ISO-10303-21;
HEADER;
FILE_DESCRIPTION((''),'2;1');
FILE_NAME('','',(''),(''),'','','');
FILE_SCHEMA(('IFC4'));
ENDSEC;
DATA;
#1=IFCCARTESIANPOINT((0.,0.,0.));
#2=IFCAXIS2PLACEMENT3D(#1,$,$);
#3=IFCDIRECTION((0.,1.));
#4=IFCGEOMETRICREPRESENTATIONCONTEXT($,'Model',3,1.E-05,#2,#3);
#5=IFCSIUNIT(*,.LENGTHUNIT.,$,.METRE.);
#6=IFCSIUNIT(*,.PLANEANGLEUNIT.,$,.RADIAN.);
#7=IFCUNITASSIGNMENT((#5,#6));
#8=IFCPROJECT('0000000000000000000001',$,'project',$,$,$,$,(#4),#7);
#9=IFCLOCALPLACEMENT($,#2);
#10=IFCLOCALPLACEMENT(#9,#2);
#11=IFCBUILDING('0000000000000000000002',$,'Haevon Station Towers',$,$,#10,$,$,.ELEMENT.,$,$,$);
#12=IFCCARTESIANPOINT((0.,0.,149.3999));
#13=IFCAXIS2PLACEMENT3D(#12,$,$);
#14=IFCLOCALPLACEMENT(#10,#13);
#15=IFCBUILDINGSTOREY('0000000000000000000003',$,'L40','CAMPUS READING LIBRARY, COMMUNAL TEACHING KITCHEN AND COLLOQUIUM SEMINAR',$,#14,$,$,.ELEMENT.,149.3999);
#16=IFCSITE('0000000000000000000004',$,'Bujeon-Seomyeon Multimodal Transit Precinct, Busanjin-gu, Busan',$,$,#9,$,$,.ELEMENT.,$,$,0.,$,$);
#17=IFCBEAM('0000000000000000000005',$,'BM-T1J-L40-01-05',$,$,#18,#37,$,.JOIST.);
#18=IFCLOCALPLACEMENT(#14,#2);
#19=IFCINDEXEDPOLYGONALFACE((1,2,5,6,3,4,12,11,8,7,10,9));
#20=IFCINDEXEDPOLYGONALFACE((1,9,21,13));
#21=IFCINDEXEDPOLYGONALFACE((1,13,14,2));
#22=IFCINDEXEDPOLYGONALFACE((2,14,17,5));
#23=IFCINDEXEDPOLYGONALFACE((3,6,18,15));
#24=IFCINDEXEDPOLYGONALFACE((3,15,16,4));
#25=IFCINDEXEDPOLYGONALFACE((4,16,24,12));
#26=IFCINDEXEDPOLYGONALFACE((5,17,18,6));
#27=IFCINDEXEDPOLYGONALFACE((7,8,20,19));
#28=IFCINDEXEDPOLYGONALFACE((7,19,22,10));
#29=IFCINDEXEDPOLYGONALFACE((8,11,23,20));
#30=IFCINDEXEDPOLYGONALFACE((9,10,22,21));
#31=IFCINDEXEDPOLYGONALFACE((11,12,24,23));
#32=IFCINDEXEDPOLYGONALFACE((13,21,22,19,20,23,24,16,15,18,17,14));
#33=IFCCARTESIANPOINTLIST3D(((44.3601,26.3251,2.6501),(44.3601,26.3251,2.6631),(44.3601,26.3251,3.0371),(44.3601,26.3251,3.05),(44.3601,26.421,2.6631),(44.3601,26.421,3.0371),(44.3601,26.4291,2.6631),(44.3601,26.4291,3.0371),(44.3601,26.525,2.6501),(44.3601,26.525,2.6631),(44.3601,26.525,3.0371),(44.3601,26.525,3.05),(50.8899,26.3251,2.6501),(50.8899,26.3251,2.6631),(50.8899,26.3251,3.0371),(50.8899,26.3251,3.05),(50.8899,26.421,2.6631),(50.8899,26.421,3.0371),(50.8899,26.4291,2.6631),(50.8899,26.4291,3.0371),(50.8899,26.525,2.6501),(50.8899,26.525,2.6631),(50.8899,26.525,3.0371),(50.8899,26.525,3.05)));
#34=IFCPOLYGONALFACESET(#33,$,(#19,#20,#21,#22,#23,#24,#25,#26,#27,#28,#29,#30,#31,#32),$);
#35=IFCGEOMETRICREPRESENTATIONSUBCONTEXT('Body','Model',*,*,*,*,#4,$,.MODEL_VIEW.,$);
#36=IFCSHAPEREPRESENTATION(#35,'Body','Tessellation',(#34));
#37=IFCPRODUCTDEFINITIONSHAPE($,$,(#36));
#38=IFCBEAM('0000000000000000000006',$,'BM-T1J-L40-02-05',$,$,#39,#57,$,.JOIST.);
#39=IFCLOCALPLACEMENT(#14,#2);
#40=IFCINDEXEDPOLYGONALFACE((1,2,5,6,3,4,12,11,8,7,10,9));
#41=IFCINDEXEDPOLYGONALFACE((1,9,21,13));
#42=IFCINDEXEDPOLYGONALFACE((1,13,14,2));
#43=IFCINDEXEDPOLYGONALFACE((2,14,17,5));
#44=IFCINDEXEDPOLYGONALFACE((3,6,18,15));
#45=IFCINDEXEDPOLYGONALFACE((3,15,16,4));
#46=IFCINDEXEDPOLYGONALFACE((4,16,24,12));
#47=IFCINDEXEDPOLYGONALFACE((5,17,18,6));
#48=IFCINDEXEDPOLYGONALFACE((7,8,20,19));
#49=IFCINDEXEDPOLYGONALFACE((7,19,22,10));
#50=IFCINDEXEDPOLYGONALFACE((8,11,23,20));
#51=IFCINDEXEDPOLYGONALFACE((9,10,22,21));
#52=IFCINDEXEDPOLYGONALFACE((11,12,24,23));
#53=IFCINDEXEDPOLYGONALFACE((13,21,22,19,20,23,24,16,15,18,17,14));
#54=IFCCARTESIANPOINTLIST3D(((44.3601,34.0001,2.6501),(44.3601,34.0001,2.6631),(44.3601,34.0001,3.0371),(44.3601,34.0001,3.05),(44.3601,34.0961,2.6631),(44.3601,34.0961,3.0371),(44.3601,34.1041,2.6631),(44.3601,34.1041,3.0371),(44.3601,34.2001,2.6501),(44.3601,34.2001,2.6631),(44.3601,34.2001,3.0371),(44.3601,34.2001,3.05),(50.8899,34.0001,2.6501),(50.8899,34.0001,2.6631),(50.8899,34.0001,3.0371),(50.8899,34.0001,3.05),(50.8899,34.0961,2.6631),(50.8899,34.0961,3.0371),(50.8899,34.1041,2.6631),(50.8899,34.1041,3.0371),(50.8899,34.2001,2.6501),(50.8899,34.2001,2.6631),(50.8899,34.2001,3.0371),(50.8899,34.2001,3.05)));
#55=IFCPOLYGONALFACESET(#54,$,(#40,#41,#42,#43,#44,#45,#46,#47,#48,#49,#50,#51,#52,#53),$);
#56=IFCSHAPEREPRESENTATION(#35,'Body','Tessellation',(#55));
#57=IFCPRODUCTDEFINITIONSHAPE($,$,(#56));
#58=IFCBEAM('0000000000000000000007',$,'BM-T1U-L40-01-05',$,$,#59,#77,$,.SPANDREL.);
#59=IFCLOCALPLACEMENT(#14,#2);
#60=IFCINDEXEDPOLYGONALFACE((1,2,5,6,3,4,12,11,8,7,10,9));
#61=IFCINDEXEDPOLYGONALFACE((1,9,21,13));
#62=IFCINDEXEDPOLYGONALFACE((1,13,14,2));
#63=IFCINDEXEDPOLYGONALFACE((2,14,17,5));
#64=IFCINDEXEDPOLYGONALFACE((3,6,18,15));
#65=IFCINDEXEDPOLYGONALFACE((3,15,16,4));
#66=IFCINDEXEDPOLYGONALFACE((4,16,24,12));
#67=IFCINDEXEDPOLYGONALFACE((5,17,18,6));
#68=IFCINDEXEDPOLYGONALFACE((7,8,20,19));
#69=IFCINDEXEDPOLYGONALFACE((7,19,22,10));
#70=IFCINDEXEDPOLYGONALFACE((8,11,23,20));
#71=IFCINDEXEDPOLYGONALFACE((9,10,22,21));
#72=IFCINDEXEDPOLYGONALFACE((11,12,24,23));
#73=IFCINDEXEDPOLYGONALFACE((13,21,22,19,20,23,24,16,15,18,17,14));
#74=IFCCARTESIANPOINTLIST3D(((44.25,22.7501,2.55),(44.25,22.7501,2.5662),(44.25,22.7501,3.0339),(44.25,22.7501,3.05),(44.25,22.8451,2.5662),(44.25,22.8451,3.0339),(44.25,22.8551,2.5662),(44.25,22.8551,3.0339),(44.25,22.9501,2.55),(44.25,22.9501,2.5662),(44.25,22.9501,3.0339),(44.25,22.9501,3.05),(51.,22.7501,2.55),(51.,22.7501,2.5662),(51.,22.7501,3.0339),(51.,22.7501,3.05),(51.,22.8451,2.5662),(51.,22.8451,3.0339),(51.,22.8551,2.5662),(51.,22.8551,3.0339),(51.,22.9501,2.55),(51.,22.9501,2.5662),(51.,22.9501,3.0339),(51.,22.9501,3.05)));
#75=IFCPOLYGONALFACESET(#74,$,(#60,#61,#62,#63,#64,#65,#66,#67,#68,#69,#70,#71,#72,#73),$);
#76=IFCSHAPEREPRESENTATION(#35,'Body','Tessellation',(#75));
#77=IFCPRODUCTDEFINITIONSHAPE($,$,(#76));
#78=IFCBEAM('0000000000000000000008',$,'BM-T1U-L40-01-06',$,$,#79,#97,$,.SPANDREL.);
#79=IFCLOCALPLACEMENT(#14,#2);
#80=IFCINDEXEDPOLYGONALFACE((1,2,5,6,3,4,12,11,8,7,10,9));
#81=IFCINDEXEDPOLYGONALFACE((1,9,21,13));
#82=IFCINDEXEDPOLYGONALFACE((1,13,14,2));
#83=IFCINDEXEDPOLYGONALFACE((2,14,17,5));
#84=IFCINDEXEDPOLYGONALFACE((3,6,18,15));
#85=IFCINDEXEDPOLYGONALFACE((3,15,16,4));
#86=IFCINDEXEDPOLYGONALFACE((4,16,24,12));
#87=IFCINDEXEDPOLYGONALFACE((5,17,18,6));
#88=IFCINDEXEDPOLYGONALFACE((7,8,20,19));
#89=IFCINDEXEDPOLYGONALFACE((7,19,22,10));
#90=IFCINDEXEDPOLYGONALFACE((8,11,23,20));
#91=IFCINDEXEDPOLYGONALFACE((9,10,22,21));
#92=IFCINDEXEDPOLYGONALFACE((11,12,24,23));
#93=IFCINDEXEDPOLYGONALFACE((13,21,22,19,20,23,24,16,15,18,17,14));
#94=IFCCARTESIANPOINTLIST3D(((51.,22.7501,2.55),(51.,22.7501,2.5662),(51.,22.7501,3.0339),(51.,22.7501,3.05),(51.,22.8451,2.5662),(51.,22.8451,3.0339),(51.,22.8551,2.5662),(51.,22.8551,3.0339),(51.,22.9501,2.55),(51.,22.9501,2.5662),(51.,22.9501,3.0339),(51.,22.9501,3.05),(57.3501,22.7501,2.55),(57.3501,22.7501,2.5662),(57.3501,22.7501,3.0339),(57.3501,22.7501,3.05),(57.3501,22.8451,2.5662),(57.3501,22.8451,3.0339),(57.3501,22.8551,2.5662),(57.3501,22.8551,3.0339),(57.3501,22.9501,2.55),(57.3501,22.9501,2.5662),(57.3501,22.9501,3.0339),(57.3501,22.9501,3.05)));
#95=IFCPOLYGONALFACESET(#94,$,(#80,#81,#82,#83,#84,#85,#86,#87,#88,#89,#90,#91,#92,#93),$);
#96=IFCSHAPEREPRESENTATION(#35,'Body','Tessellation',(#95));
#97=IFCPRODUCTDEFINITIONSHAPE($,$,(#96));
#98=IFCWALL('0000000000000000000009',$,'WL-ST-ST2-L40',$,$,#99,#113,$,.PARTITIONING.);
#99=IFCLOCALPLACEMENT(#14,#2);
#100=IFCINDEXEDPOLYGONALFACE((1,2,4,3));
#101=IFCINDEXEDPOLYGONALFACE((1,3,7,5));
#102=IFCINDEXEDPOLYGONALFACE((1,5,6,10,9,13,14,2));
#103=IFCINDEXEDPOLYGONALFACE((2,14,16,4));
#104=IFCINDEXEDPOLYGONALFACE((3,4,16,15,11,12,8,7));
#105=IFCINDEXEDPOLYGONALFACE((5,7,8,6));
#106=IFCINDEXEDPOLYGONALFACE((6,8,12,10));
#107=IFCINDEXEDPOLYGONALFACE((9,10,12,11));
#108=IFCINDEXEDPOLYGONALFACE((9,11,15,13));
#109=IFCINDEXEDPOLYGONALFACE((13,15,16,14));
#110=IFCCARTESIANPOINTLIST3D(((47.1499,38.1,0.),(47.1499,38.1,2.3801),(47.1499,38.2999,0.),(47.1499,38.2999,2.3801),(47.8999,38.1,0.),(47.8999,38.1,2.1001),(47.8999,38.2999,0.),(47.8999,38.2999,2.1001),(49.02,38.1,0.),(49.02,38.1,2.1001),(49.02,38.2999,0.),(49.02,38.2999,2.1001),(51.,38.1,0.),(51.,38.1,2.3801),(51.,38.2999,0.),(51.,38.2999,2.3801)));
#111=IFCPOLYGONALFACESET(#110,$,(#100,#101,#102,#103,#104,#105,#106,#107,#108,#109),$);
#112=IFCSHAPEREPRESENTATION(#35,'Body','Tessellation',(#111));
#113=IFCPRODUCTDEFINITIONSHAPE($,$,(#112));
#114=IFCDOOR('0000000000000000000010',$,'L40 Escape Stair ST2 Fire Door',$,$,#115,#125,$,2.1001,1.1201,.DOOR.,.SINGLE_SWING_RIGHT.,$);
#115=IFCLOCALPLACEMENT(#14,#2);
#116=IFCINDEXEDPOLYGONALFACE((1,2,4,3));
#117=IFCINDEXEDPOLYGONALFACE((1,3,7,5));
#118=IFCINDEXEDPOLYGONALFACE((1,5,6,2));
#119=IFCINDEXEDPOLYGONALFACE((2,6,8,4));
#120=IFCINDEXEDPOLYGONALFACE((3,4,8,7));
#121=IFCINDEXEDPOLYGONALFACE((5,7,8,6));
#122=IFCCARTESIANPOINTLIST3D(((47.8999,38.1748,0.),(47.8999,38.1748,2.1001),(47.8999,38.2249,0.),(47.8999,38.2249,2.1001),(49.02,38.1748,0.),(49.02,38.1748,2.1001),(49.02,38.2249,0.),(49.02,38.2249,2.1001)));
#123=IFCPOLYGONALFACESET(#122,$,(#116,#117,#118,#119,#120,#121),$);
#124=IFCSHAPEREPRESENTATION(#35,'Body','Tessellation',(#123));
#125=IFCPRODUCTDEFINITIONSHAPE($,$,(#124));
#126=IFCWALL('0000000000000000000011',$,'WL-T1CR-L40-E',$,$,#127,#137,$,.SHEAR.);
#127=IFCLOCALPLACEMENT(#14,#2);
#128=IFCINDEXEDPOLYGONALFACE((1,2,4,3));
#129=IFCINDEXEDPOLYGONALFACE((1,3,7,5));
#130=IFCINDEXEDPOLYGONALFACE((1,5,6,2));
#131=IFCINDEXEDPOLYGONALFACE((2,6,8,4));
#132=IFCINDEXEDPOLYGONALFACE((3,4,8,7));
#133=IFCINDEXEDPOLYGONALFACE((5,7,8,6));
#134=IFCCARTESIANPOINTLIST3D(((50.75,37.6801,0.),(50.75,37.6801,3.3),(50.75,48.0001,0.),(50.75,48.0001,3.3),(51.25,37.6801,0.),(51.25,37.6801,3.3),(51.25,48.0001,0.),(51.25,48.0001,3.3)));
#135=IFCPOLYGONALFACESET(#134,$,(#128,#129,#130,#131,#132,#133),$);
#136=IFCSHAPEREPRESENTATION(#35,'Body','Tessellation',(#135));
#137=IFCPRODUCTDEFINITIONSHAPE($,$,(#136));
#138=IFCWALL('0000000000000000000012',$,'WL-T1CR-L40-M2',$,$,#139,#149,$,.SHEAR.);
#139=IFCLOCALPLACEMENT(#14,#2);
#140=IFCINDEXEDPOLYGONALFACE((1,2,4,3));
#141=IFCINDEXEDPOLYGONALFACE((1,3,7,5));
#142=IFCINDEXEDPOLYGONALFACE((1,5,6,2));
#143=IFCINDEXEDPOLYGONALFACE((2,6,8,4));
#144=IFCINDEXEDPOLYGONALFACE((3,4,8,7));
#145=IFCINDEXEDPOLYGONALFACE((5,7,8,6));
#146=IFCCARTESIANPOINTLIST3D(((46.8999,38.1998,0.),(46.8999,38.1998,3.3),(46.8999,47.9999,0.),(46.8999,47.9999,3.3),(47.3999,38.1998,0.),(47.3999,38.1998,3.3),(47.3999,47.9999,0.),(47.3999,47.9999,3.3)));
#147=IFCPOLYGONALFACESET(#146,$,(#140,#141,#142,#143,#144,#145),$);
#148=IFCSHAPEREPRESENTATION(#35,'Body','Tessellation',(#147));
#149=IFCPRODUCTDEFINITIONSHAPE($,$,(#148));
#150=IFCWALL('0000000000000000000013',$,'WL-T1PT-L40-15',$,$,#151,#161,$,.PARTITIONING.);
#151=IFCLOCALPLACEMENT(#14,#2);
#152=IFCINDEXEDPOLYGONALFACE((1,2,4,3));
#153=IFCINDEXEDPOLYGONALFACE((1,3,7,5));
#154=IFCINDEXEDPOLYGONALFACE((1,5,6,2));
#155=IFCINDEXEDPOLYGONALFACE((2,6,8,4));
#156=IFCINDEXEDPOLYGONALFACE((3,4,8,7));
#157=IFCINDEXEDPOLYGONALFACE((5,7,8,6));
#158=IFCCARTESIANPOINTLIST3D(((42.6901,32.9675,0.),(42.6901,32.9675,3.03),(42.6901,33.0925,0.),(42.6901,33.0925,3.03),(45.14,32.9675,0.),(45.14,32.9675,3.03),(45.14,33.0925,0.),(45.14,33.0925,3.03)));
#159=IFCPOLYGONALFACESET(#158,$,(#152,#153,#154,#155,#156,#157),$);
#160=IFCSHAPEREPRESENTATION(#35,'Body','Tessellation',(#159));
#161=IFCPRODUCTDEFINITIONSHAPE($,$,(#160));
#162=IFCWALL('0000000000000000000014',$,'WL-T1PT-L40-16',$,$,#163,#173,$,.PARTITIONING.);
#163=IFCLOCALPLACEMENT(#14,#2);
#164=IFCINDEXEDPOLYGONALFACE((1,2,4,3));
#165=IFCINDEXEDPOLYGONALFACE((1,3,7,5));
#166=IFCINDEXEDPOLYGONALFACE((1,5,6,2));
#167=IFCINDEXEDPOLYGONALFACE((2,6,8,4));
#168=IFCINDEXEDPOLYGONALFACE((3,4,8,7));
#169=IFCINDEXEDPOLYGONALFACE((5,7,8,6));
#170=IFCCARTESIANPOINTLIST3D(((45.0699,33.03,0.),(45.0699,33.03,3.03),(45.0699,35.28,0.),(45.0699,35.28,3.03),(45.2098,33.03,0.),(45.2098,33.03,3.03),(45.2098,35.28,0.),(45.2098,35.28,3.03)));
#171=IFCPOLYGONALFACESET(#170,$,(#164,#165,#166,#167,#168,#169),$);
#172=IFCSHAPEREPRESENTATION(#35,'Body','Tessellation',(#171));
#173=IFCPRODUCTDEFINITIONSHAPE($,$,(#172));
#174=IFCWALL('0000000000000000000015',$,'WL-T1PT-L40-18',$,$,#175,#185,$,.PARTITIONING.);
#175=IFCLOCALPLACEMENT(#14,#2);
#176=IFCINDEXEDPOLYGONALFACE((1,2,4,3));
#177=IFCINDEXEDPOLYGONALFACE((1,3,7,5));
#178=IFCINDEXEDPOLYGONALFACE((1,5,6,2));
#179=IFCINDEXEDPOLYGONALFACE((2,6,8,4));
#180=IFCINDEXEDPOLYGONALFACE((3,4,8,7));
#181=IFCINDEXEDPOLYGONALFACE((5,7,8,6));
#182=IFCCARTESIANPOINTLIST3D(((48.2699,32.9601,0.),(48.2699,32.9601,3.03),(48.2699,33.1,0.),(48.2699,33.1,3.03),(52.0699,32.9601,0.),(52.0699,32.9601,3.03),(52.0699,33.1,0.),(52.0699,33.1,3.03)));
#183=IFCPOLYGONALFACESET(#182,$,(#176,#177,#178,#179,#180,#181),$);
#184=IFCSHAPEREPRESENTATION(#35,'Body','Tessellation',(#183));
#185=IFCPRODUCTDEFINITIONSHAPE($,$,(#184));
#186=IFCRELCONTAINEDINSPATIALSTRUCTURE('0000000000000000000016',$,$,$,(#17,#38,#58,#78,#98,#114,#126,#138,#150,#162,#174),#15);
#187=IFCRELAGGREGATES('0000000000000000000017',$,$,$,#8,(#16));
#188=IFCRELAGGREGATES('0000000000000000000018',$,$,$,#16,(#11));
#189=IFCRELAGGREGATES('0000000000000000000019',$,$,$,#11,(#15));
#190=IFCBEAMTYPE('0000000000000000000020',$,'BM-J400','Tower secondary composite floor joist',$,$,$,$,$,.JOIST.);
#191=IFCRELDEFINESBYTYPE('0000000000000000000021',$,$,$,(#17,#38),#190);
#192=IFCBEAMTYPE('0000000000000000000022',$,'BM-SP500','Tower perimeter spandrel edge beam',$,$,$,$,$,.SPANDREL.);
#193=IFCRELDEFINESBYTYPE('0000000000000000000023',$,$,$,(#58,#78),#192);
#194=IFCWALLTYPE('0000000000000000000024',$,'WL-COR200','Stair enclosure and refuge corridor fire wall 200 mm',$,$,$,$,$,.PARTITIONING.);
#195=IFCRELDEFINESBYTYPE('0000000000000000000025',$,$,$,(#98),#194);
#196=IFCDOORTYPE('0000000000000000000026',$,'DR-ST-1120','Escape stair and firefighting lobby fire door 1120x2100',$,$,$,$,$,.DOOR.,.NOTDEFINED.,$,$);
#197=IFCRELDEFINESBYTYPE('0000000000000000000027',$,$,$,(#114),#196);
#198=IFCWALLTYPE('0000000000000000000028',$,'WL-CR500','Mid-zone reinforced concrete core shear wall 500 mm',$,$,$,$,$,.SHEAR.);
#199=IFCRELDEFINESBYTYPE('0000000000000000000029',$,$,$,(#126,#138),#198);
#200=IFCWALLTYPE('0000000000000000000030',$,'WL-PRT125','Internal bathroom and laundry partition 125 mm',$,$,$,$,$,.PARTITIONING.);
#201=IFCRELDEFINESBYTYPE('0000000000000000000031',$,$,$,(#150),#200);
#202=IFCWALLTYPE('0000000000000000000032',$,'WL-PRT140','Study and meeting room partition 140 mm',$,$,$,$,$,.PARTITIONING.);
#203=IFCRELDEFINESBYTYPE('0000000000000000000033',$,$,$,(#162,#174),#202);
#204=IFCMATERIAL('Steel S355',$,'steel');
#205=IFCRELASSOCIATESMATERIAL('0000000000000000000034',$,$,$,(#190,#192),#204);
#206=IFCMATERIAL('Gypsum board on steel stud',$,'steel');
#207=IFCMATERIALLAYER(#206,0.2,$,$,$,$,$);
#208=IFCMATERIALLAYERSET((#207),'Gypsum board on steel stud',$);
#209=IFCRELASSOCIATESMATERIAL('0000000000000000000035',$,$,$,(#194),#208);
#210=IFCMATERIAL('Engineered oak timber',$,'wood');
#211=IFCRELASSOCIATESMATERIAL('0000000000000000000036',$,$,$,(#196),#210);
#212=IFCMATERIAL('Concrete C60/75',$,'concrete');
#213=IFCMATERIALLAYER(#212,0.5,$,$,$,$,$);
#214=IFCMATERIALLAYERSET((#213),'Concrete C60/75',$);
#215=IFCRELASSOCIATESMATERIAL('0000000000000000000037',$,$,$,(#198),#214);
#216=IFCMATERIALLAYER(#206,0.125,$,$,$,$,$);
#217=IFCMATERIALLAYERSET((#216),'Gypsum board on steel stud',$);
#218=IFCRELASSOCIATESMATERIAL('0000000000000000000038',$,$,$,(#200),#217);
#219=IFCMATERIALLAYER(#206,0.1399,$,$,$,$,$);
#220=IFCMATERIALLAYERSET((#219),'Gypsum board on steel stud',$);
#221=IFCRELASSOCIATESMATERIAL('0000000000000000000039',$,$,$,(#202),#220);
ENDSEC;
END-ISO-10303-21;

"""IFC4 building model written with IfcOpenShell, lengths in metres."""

from ifc_helpers import new_model, si_unit, direction, frame, frame_2d, origin, origin_2d, place, context, subcontext, project, spatial, rectangle, i_section, extrude, material, layer, layer_set, material_profile, profile_set, type_object, element, fill, save


model = new_model("IFC4")

# Units and contexts
model_context = context("Model", 3, precision=1e-05, world=origin(), true_north=direction((0.0, 1.0)))
body_context = subcontext(model_context, "Body", "Model", "MODEL_VIEW")
ifc_project = project(units=[si_unit("LENGTHUNIT", "METRE"), si_unit("PLANEANGLEUNIT", "RADIAN")], contexts=[model_context])

# Site, building, storey
site_placement = place(None, origin())
site = spatial("IfcSite", under=ifc_project, at=site_placement, Name="Bujeon-Seomyeon Multimodal Transit Precinct, Busanjin-gu, Busan", CompositionType="ELEMENT", RefElevation=0.0)
building_placement = place(site_placement, origin())
building = spatial("IfcBuilding", under=site, at=building_placement, Name="Haevon Station Towers", CompositionType="ELEMENT")
storey_placement = place(building_placement, frame((0.0, 0.0, 149.3999)))
storey = spatial("IfcBuildingStorey", under=building, at=storey_placement, Name="L40", Description="CAMPUS READING LIBRARY, COMMUNAL TEACHING KITCHEN AND COLLOQUIUM SEMINAR", CompositionType="ELEMENT", Elevation=149.3999)

# Shared definitions
ifc_material_1 = material(Name="Steel S355", Category="steel")

# Beams
ifc_material_profile_1 = material_profile(ifc_material_1, i_section(OverallWidth=0.2, OverallDepth=0.3999, WebThickness=0.0081, FlangeThickness=0.0129, at=origin_2d()), Name="H-400x200x8x13")
ifc_profile_set_1 = profile_set([ifc_material_profile_1], Name="Steel S355")
beam_type_1 = type_object("IfcBeamType", Name="BM-J400", Description="Tower secondary composite floor joist", PredefinedType="JOIST", material=ifc_profile_set_1)
for number, where, z_axis, x_axis, name in (
    (1, (44.3601, 26.425, 2.8501), (1.0, 0.0, 0.0), (0.0, 1.0, 0.0), "BM-T1J-L40-01-05"),
    (2, (44.3601, 34.1001, 2.8501), (1.0, 0.0, 0.0), (0.0, 1.0, 0.0), "BM-T1J-L40-02-05"),
):
    element("IfcBeam", number, at=place(storey_placement, frame(where, z_axis=z_axis, x_axis=x_axis)), inside=storey, type_object=beam_type_1, Name=name, PredefinedType="JOIST", context=body_context, shape_type="SweptSolid", body=[
        extrude(i_section(OverallWidth=0.2, OverallDepth=0.3999, WebThickness=0.0081, FlangeThickness=0.0129, at=origin_2d()), origin(), (0.0, 0.0, 1.0), 6.5298),
    ])
ifc_material_profile_2 = material_profile(ifc_material_1, i_section(OverallWidth=0.2, OverallDepth=0.5, WebThickness=0.01, FlangeThickness=0.0161, at=origin_2d()), Name="H-500x200x10x16")
ifc_profile_set_2 = profile_set([ifc_material_profile_2], Name="Steel S355")
beam_type_2 = type_object("IfcBeamType", Name="BM-SP500", Description="Tower perimeter spandrel edge beam", PredefinedType="SPANDREL", material=ifc_profile_set_2)
beam_1_placement = place(storey_placement, frame((44.25, 22.8501, 2.8), z_axis=(1.0, 0.0, 0.0), x_axis=(0.0, 1.0, 0.0)))
element("IfcBeam", 3, at=beam_1_placement, inside=storey, type_object=beam_type_2, Name="BM-T1U-L40-01-05", PredefinedType="SPANDREL", context=body_context, shape_type="SweptSolid", body=[
    extrude(i_section(OverallWidth=0.2, OverallDepth=0.5, WebThickness=0.01, FlangeThickness=0.0161, at=origin_2d()), origin(), (0.0, 0.0, 1.0), 6.75),
])
beam_2_placement = place(storey_placement, frame((51.0, 22.8501, 2.8), z_axis=(1.0, 0.0, 0.0), x_axis=(0.0, 1.0, 0.0)))
element("IfcBeam", 4, at=beam_2_placement, inside=storey, type_object=beam_type_2, Name="BM-T1U-L40-01-06", PredefinedType="SPANDREL", context=body_context, shape_type="SweptSolid", body=[
    extrude(i_section(OverallWidth=0.2, OverallDepth=0.5, WebThickness=0.01, FlangeThickness=0.0161, at=origin_2d()), origin(), (0.0, 0.0, 1.0), 6.3501),
])

# Wall, opening, door
ifc_material_2 = material(Name="Gypsum board on steel stud", Category="steel")
ifc_layer_1 = layer(ifc_material_2, 0.2)
ifc_layer_set_1 = layer_set([ifc_layer_1], Name="Gypsum board on steel stud")
wall_type_1 = type_object("IfcWallType", Name="WL-COR200", Description="Stair enclosure and refuge corridor fire wall 200 mm", PredefinedType="PARTITIONING", material=ifc_layer_set_1)
wall_1_placement = place(storey_placement, frame((47.1499, 38.2, 0.0), z_axis=(0.0, 0.0, 1.0), x_axis=(1.0, 0.0, 0.0)))
wall_1 = element("IfcWall", 5, at=wall_1_placement, inside=storey, type_object=wall_type_1, Name="WL-ST-ST2-L40", PredefinedType="PARTITIONING", context=body_context, shape_type="SweptSolid", body=[
    extrude(rectangle(XDim=3.8501, YDim=0.2, at=frame_2d((1.925, 0.0))), origin(), (0.0, 0.0, 1.0), 2.3801),
])
opening_placement = place(wall_1_placement, frame((0.75, 0.0, 0.0)))
opening = element("IfcOpeningElement", 6, at=opening_placement, cuts=wall_1, PredefinedType="OPENING", context=body_context, shape_type="SweptSolid", body=[
    extrude(rectangle(XDim=1.1201, YDim=2.1001, at=frame_2d((0.5601, 1.05))), frame((0.0, 0.1099, 0.0), z_axis=(0.0, -1.0, 0.0), x_axis=(1.0, 0.0, 0.0)), (0.0, 0.0, 1.0), 0.22),
])
ifc_material_3 = material(Name="Engineered oak timber", Category="wood")
door_type = type_object("IfcDoorType", Name="DR-ST-1120", Description="Escape stair and firefighting lobby fire door 1120x2100", OperationType="NOTDEFINED", PredefinedType="DOOR", material=ifc_material_3)
door_placement = place(opening_placement, origin())
door = element("IfcDoor", 7, at=door_placement, inside=storey, type_object=door_type, Name="L40 Escape Stair ST2 Fire Door", OperationType="SINGLE_SWING_RIGHT", OverallHeight=2.1001, OverallWidth=1.1201, PredefinedType="DOOR", context=body_context, shape_type="SweptSolid", body=[
    extrude(rectangle(XDim=1.1201, YDim=2.1001, at=frame_2d((0.5601, 1.05))), frame((0.0, 0.0249, 0.0), z_axis=(0.0, -1.0, 0.0), x_axis=(1.0, 0.0, 0.0)), (0.0, 0.0, 1.0), 0.05),
])
fill(opening, door)

# Walls
ifc_material_4 = material(Name="Concrete C60/75", Category="concrete")
ifc_layer_2 = layer(ifc_material_4, 0.5)
ifc_layer_set_2 = layer_set([ifc_layer_2], Name="Concrete C60/75")
wall_type_2 = type_object("IfcWallType", Name="WL-CR500", Description="Mid-zone reinforced concrete core shear wall 500 mm", PredefinedType="SHEAR", material=ifc_layer_set_2)
wall_2_placement = place(storey_placement, frame((51.0, 37.6799, 0.0), z_axis=(0.0, 0.0, 1.0), x_axis=(0.0, 1.0, 0.0)))
element("IfcWall", 8, at=wall_2_placement, inside=storey, type_object=wall_type_2, Name="WL-T1CR-L40-E", PredefinedType="SHEAR", context=body_context, shape_type="SweptSolid", body=[
    extrude(rectangle(XDim=10.3201, YDim=0.5, at=frame_2d((5.1602, 0.0))), origin(), (0.0, 0.0, 1.0), 3.3),
])
wall_3_placement = place(storey_placement, frame((47.1499, 38.2, 0.0), z_axis=(0.0, 0.0, 1.0), x_axis=(0.0, 1.0, 0.0)))
element("IfcWall", 9, at=wall_3_placement, inside=storey, type_object=wall_type_2, Name="WL-T1CR-L40-M2", PredefinedType="SHEAR", context=body_context, shape_type="SweptSolid", body=[
    extrude(rectangle(XDim=9.8, YDim=0.5, at=frame_2d((4.8999, 0.0))), origin(), (0.0, 0.0, 1.0), 3.3),
])
ifc_layer_3 = layer(ifc_material_2, 0.125)
ifc_layer_set_3 = layer_set([ifc_layer_3], Name="Gypsum board on steel stud")
wall_type_3 = type_object("IfcWallType", Name="WL-PRT125", Description="Internal bathroom and laundry partition 125 mm", PredefinedType="PARTITIONING", material=ifc_layer_set_3)
wall_4_placement = place(storey_placement, frame((42.6899, 33.03, 0.0), z_axis=(0.0, 0.0, 1.0), x_axis=(1.0, 0.0, 0.0)))
element("IfcWall", 10, at=wall_4_placement, inside=storey, type_object=wall_type_3, Name="WL-T1PT-L40-15", PredefinedType="PARTITIONING", context=body_context, shape_type="SweptSolid", body=[
    extrude(rectangle(XDim=2.45, YDim=0.125, at=frame_2d((1.2251, 0.0))), origin(), (0.0, 0.0, 1.0), 3.03),
])
ifc_layer_4 = layer(ifc_material_2, 0.1399)
ifc_layer_set_4 = layer_set([ifc_layer_4], Name="Gypsum board on steel stud")
wall_type_4 = type_object("IfcWallType", Name="WL-PRT140", Description="Study and meeting room partition 140 mm", PredefinedType="PARTITIONING", material=ifc_layer_set_4)
wall_5_placement = place(storey_placement, frame((45.1399, 33.03, 0.0), z_axis=(0.0, 0.0, 1.0), x_axis=(0.0, 1.0, 0.0)))
element("IfcWall", 11, at=wall_5_placement, inside=storey, type_object=wall_type_4, Name="WL-T1PT-L40-16", PredefinedType="PARTITIONING", context=body_context, shape_type="SweptSolid", body=[
    extrude(rectangle(XDim=2.25, YDim=0.1399, at=frame_2d((1.125, 0.0))), origin(), (0.0, 0.0, 1.0), 3.03),
])
wall_6_placement = place(storey_placement, frame((48.27, 33.03, 0.0), z_axis=(0.0, 0.0, 1.0), x_axis=(1.0, 0.0, 0.0)))
element("IfcWall", 12, at=wall_6_placement, inside=storey, type_object=wall_type_4, Name="WL-T1PT-L40-18", PredefinedType="PARTITIONING", context=body_context, shape_type="SweptSolid", body=[
    extrude(rectangle(XDim=3.8, YDim=0.1399, at=frame_2d((1.8999, 0.0))), origin(), (0.0, 0.0, 1.0), 3.03),
])

save(model, "model.ifc")
